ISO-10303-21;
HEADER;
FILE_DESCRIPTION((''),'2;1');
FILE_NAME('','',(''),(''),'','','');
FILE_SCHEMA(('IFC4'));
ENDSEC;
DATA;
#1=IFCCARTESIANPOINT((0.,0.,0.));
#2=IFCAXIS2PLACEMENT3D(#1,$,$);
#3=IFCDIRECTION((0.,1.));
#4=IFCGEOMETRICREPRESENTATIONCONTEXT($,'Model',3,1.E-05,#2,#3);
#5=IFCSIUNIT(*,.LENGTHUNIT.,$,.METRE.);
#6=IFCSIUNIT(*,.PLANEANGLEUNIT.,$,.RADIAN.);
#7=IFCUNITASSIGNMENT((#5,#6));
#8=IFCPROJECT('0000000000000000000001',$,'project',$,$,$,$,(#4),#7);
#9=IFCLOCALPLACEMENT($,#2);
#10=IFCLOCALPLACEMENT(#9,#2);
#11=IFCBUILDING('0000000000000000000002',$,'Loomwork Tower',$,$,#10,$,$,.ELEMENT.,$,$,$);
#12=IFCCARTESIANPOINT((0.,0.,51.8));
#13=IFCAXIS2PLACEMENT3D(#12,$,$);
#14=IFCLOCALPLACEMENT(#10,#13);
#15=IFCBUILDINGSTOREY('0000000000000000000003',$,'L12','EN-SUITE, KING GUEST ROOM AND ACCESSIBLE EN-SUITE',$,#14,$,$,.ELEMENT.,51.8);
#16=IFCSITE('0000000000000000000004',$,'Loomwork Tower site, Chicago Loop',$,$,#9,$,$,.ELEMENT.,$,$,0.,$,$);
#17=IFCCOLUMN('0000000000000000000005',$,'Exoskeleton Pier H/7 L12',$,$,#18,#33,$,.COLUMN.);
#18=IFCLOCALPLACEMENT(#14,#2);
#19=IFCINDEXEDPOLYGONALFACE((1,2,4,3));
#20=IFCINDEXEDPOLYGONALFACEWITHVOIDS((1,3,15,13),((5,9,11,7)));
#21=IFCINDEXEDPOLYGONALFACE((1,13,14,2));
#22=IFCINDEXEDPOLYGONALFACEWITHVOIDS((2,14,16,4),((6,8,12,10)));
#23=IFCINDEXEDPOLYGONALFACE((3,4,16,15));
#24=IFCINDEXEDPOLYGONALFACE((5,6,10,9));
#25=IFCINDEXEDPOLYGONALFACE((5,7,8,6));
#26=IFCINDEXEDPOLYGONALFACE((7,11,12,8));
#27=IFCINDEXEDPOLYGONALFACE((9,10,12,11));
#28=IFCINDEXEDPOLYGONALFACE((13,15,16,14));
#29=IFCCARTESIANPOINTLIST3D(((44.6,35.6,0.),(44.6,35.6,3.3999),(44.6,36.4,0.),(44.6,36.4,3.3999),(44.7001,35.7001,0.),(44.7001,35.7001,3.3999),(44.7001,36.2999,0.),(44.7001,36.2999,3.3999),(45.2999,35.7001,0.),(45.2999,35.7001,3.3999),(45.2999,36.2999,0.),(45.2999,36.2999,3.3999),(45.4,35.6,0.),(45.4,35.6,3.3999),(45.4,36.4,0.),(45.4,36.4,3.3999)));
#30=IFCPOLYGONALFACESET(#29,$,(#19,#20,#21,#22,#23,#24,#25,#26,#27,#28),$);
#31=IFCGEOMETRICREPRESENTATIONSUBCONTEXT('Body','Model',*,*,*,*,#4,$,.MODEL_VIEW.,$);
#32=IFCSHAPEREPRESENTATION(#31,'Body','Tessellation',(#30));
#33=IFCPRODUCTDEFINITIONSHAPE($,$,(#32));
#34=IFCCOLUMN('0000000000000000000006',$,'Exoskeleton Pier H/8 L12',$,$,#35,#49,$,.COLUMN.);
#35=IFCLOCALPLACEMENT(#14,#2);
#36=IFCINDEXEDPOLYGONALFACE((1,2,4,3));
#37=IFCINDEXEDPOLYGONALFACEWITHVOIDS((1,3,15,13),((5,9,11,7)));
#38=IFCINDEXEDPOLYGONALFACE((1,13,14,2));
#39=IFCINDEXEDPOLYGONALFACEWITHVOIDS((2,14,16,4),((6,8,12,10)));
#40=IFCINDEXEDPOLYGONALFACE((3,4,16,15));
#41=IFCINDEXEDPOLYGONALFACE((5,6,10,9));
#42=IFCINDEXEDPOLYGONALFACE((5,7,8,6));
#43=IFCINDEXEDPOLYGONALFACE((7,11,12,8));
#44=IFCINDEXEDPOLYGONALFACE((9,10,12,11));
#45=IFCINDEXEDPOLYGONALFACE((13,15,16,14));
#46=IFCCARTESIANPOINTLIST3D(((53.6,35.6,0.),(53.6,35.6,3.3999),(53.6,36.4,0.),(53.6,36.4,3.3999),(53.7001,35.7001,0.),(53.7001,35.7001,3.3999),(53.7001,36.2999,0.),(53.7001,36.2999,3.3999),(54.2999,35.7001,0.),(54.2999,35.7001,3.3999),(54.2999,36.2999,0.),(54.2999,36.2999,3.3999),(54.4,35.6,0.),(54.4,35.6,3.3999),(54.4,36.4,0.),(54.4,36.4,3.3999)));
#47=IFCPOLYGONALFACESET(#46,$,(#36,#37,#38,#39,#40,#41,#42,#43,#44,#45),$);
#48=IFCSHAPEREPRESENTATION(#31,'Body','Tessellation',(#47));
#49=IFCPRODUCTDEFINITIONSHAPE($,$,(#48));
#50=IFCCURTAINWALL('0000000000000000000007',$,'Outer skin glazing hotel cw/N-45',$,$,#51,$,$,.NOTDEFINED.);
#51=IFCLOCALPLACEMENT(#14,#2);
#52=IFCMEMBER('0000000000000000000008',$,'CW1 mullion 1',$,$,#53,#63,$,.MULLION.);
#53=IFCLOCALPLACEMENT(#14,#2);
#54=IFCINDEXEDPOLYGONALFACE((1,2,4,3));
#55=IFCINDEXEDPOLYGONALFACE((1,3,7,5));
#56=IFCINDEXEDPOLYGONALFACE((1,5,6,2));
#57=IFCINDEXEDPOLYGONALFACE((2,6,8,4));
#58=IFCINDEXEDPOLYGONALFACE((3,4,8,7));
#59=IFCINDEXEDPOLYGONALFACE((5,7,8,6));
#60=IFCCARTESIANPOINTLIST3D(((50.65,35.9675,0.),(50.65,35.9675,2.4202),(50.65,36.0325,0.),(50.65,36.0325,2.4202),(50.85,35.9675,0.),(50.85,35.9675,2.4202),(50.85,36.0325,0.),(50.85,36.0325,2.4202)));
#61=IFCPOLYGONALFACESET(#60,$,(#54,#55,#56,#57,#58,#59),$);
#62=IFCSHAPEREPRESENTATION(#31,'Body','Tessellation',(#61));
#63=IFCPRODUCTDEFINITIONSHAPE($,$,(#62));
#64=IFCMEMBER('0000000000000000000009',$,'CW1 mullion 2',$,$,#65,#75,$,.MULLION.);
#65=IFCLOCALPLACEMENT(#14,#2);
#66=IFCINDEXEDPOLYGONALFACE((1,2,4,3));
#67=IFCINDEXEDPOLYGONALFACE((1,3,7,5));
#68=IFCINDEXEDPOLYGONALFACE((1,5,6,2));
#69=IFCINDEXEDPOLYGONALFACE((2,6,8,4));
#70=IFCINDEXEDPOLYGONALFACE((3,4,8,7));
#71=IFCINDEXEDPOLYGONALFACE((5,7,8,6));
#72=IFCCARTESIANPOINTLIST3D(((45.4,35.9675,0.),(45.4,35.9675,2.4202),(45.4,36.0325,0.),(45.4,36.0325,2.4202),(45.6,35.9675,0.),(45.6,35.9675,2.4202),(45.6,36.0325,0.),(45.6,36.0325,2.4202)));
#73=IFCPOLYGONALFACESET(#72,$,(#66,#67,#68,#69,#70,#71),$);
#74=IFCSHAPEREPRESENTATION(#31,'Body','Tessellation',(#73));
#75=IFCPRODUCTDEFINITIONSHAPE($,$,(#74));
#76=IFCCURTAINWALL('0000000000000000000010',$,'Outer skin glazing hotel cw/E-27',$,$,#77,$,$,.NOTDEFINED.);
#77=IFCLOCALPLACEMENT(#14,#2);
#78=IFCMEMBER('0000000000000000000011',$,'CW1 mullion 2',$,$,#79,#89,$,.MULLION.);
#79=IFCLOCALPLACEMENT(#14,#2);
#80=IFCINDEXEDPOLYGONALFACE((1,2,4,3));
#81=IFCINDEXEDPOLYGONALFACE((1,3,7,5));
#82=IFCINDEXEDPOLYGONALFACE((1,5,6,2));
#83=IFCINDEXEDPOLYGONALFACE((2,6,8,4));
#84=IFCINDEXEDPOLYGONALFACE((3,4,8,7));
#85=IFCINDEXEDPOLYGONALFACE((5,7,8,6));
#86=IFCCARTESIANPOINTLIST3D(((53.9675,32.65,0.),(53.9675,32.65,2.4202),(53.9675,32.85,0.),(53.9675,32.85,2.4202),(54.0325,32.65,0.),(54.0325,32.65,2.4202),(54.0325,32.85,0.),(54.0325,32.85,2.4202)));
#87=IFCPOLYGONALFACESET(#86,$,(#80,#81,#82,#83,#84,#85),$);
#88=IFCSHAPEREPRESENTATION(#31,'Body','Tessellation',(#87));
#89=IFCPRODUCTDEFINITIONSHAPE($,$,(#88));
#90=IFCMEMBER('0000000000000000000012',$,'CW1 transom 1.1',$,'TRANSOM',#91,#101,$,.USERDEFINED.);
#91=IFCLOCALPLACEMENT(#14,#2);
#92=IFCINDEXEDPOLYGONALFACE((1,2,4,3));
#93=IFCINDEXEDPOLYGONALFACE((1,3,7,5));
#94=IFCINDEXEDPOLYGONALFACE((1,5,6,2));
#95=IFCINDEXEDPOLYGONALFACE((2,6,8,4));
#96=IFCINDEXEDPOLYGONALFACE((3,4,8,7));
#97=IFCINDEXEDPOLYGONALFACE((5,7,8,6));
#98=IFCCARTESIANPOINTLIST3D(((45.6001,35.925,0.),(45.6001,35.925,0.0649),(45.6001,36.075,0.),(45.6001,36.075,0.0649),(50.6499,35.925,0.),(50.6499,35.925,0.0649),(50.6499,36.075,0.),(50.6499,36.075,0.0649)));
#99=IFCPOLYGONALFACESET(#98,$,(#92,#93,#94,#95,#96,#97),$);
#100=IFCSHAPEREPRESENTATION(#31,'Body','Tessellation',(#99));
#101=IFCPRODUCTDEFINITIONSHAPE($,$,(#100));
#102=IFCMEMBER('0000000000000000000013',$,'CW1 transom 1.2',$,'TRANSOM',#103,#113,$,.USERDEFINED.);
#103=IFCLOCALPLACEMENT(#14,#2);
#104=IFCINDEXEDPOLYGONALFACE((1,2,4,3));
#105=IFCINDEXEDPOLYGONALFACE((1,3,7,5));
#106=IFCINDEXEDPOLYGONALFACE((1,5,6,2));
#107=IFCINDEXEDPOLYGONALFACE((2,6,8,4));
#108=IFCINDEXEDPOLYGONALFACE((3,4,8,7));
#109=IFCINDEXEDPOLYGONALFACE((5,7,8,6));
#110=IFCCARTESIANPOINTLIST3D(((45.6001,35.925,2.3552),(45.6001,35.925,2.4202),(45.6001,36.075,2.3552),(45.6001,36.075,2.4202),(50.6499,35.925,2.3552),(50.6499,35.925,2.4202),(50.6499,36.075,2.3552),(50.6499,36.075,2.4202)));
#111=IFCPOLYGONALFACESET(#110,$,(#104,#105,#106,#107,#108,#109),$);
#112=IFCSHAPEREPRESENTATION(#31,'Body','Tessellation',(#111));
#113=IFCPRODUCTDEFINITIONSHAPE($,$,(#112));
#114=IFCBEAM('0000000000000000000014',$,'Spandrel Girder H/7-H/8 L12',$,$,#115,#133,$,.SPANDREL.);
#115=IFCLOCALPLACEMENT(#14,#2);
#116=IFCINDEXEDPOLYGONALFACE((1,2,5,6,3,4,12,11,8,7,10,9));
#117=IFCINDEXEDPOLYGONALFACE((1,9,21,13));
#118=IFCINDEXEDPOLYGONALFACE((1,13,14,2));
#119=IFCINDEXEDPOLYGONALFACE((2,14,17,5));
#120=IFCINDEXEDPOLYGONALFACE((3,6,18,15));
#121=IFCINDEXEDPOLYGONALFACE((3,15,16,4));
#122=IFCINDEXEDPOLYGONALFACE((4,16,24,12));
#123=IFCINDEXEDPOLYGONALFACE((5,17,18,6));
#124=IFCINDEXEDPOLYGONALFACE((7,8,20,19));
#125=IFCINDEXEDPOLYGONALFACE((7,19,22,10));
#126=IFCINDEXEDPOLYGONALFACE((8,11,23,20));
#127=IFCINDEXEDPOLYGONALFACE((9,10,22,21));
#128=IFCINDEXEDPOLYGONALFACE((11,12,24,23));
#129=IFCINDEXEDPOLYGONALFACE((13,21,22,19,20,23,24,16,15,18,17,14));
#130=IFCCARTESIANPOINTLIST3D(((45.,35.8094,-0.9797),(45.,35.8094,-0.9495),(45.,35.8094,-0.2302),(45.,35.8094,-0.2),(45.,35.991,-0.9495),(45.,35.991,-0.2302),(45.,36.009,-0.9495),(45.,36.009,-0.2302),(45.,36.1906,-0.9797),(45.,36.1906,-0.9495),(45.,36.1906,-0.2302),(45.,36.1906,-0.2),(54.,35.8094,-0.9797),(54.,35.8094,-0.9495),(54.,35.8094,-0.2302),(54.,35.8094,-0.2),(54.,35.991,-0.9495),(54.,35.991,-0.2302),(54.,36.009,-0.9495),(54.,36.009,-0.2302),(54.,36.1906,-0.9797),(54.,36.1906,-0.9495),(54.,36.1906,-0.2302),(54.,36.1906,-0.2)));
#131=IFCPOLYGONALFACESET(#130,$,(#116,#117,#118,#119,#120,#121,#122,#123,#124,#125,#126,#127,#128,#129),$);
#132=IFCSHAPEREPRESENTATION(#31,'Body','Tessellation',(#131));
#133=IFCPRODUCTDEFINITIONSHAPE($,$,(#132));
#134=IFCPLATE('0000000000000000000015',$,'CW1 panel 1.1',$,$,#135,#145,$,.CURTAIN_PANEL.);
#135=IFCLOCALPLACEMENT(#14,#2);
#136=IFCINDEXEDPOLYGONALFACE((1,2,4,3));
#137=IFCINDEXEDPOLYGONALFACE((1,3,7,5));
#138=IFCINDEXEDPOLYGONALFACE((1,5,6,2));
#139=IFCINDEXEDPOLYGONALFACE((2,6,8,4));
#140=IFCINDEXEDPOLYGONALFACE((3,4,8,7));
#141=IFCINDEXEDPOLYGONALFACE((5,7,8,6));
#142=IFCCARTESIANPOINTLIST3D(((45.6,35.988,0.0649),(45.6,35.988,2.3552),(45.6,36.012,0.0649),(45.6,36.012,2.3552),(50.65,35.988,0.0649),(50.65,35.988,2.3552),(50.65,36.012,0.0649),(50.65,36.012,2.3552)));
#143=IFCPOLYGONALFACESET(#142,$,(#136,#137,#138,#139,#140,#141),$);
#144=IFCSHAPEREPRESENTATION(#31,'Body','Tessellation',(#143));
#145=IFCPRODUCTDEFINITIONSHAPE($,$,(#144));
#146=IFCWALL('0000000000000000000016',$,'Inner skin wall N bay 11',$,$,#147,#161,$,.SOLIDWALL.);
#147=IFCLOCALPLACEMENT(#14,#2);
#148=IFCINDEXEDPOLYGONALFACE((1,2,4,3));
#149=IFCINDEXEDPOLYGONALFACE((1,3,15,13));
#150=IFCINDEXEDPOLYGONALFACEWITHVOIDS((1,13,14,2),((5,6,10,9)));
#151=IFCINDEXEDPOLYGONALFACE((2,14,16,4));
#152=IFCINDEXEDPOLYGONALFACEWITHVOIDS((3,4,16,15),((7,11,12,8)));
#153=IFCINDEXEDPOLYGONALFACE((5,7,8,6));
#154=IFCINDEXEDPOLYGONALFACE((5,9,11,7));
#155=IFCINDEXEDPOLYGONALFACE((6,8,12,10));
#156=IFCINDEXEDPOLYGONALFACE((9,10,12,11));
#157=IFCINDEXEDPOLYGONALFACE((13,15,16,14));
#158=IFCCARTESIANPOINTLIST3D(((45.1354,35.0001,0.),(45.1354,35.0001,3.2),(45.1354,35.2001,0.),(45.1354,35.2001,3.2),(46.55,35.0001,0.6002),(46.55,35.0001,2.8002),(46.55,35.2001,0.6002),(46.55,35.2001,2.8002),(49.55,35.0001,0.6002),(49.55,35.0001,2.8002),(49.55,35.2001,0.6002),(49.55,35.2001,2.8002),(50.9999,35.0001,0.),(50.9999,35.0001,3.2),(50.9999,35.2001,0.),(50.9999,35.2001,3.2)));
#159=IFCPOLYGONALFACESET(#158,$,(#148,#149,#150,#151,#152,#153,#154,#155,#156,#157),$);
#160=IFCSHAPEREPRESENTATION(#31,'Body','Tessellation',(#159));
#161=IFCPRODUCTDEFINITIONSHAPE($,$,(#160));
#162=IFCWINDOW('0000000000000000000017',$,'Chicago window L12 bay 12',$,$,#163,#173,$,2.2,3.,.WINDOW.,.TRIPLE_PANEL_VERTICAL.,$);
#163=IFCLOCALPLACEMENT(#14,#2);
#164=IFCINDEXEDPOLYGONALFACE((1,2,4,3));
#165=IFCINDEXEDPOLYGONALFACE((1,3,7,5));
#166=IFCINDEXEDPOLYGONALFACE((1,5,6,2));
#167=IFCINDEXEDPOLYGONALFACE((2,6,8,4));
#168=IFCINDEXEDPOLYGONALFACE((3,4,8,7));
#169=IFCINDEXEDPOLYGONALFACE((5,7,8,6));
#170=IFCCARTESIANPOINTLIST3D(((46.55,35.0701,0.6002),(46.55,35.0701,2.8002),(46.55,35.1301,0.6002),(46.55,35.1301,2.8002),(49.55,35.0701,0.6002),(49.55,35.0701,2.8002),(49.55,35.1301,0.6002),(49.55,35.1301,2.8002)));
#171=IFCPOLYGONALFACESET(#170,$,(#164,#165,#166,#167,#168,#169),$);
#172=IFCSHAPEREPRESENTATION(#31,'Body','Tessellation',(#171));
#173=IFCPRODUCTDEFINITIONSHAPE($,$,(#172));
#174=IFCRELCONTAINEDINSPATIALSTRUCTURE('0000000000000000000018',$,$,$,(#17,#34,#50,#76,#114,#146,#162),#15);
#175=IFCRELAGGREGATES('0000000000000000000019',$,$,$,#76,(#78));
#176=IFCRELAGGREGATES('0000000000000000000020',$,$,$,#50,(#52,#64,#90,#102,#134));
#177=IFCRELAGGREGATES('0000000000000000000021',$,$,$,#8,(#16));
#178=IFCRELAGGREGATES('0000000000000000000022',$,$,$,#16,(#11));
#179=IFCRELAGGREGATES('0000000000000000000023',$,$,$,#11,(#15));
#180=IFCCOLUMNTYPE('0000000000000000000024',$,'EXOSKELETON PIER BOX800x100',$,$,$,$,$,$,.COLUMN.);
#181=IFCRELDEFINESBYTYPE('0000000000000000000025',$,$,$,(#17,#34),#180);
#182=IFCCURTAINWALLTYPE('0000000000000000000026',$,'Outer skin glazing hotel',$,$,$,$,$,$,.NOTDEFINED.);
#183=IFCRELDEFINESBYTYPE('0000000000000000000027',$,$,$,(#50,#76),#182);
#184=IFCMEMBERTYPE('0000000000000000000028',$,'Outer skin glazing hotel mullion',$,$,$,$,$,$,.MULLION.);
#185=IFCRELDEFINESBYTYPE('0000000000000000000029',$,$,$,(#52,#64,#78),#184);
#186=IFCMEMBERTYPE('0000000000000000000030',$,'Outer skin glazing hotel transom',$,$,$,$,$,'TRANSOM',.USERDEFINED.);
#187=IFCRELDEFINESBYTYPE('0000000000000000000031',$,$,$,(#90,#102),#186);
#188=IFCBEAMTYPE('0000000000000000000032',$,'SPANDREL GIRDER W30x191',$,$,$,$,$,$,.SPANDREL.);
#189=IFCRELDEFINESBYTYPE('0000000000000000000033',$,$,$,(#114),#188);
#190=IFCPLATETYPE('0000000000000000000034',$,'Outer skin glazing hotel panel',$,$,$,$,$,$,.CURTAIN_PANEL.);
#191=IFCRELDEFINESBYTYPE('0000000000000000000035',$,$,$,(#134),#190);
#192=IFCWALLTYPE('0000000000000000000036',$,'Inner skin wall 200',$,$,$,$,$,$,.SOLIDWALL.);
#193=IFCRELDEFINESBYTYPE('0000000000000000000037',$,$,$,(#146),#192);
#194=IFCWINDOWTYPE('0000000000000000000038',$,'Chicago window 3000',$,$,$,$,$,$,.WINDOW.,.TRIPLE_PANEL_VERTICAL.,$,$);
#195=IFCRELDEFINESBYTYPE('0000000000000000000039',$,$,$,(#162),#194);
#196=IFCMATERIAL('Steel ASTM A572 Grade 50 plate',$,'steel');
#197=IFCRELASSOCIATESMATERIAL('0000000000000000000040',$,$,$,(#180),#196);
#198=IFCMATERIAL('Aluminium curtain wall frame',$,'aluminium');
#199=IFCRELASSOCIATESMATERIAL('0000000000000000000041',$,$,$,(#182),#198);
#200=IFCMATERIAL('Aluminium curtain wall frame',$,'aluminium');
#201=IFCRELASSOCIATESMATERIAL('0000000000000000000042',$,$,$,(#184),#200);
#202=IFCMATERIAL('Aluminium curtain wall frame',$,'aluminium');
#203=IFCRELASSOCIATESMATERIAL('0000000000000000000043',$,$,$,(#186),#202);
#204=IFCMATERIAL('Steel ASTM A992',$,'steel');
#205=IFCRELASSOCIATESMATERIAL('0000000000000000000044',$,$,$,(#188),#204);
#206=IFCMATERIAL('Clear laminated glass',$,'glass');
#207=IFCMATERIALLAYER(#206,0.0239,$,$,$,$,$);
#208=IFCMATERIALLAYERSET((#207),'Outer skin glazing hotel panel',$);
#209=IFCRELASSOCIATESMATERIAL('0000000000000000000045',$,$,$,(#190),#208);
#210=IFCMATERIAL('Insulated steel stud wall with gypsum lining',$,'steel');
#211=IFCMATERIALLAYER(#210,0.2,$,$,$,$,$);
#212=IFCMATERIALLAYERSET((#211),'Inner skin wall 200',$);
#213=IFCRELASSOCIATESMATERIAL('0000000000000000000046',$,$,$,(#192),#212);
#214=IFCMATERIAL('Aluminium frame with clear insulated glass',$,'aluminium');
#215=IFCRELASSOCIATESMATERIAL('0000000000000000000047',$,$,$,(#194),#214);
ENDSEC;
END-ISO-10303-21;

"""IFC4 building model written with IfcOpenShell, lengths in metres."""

from ifc_helpers import new_model, si_unit, direction, frame, frame_2d, origin, origin_2d, place, context, subcontext, project, spatial, rectangle, hollow_rectangle, i_section, extrude, material, layer, layer_set, material_profile, profile_set, type_object, element, fill, aggregate, save


model = new_model("IFC4")

# Units and contexts
model_context = context("Model", 3, precision=1e-05, world=origin(), true_north=direction((0.0, 1.0)))
body_context = subcontext(model_context, "Body", "Model", "MODEL_VIEW")
ifc_project = project(units=[si_unit("LENGTHUNIT", "METRE"), si_unit("PLANEANGLEUNIT", "RADIAN")], contexts=[model_context])

# Site, building, storey
site_placement = place(None, origin())
site = spatial("IfcSite", under=ifc_project, at=site_placement, Name="Loomwork Tower site, Chicago Loop", CompositionType="ELEMENT", RefElevation=0.0)
building_placement = place(site_placement, origin())
building = spatial("IfcBuilding", under=site, at=building_placement, Name="Loomwork Tower", CompositionType="ELEMENT")
storey_placement = place(building_placement, frame((0.0, 0.0, 51.8)))
storey = spatial("IfcBuildingStorey", under=building, at=storey_placement, Name="L12", Description="EN-SUITE, KING GUEST ROOM AND ACCESSIBLE EN-SUITE", CompositionType="ELEMENT", Elevation=51.8)

# Columns
ifc_material_1 = material(Name="Steel ASTM A572 Grade 50 plate", Category="steel")
ifc_material_profile_1 = material_profile(ifc_material_1, hollow_rectangle(XDim=0.8, YDim=0.8, WallThickness=0.1001, at=origin_2d()), Name="BOX800x100")
ifc_profile_set_1 = profile_set([ifc_material_profile_1], Name="Steel ASTM A572 Grade 50 plate")
column_type = type_object("IfcColumnType", Name="EXOSKELETON PIER BOX800x100", PredefinedType="COLUMN", material=ifc_profile_set_1)
for number, where, z_axis, x_axis, name in (
    (1, (45.0, 36.0, 0.0), (0.0, 0.0, 1.0), (1.0, 0.0, 0.0), "Exoskeleton Pier H/7 L12"),
    (2, (54.0, 36.0, 0.0), (0.0, 0.0, 1.0), (1.0, 0.0, 0.0), "Exoskeleton Pier H/8 L12"),
):
    element("IfcColumn", number, at=place(storey_placement, frame(where, z_axis=z_axis, x_axis=x_axis)), inside=storey, type_object=column_type, Name=name, PredefinedType="COLUMN", context=body_context, shape_type="SweptSolid", body=[
        extrude(hollow_rectangle(XDim=0.8, YDim=0.8, WallThickness=0.1001, at=origin_2d()), origin(), (0.0, 0.0, 1.0), 3.3999),
    ])

# Curtain wall, members
ifc_material_2 = material(Name="Aluminium curtain wall frame", Category="aluminium")
curtain_wall_type = type_object("IfcCurtainWallType", Name="Outer skin glazing hotel", PredefinedType="NOTDEFINED", material=ifc_material_2)
curtain_wall_1_placement = place(storey_placement, origin())
curtain_wall_1 = element("IfcCurtainWall", 3, at=curtain_wall_1_placement, inside=storey, type_object=curtain_wall_type, Name="Outer skin glazing hotel cw/N-45", PredefinedType="NOTDEFINED")
ifc_material_3 = material(Name="Aluminium curtain wall frame", Category="aluminium")
ifc_material_profile_2 = material_profile(ifc_material_3, rectangle(XDim=0.0649, YDim=0.2, at=origin_2d()), Name="AL 65x200")
ifc_profile_set_2 = profile_set([ifc_material_profile_2], Name="Aluminium curtain wall frame")
member_type_1 = type_object("IfcMemberType", Name="Outer skin glazing hotel mullion", PredefinedType="MULLION", material=ifc_profile_set_2)
member_1_placement = place(storey_placement, frame((50.75, 36.0, 0.0), z_axis=(0.0, 0.0, 1.0), x_axis=(0.0, -1.0, 0.0)))
member_1 = element("IfcMember", 4, at=member_1_placement, type_object=member_type_1, Name="CW1 mullion 1", PredefinedType="MULLION", context=body_context, shape_type="SweptSolid", body=[
    extrude(rectangle(XDim=0.0649, YDim=0.2, at=origin_2d()), origin(), (0.0, 0.0, 1.0), 2.4202),
])
member_2_placement = place(storey_placement, frame((45.5, 36.0, 0.0), z_axis=(0.0, 0.0, 1.0), x_axis=(0.0, -1.0, 0.0)))
member_2 = element("IfcMember", 5, at=member_2_placement, type_object=member_type_1, Name="CW1 mullion 2", PredefinedType="MULLION", context=body_context, shape_type="SweptSolid", body=[
    extrude(rectangle(XDim=0.0649, YDim=0.2, at=origin_2d()), origin(), (0.0, 0.0, 1.0), 2.4202),
])

# Curtain wall, member
curtain_wall_2_placement = place(storey_placement, origin())
curtain_wall_2 = element("IfcCurtainWall", 6, at=curtain_wall_2_placement, inside=storey, type_object=curtain_wall_type, Name="Outer skin glazing hotel cw/E-27", PredefinedType="NOTDEFINED")
member_3_placement = place(storey_placement, frame((54.0, 32.75, 0.0), z_axis=(0.0, 0.0, 1.0), x_axis=(-1.0, 0.0, 0.0)))
member_3 = element("IfcMember", 7, at=member_3_placement, type_object=member_type_1, Name="CW1 mullion 2", PredefinedType="MULLION", context=body_context, shape_type="SweptSolid", body=[
    extrude(rectangle(XDim=0.0649, YDim=0.2, at=origin_2d()), origin(), (0.0, 0.0, 1.0), 2.4202),
])
aggregate(curtain_wall_2, [member_3])

# Members
ifc_material_4 = material(Name="Aluminium curtain wall frame", Category="aluminium")
ifc_material_profile_3 = material_profile(ifc_material_4, rectangle(XDim=0.1499, YDim=0.0649, at=origin_2d()), Name="AL 65x150")
ifc_profile_set_3 = profile_set([ifc_material_profile_3], Name="Aluminium curtain wall frame")
member_type_2 = type_object("IfcMemberType", Name="Outer skin glazing hotel transom", ElementType="TRANSOM", PredefinedType="USERDEFINED", material=ifc_profile_set_3)
member_4_placement = place(storey_placement, frame((50.6499, 36.0, 0.0325), z_axis=(-1.0, 0.0, 0.0), x_axis=(0.0, -1.0, 0.0)))
member_4 = element("IfcMember", 8, at=member_4_placement, type_object=member_type_2, Name="CW1 transom 1.1", ObjectType="TRANSOM", PredefinedType="USERDEFINED", context=body_context, shape_type="SweptSolid", body=[
    extrude(rectangle(XDim=0.1499, YDim=0.0649, at=origin_2d()), origin(), (0.0, 0.0, 1.0), 5.0498),
])
member_5_placement = place(storey_placement, frame((50.6499, 36.0, 2.3877), z_axis=(-1.0, 0.0, 0.0), x_axis=(0.0, -1.0, 0.0)))
member_5 = element("IfcMember", 9, at=member_5_placement, type_object=member_type_2, Name="CW1 transom 1.2", ObjectType="TRANSOM", PredefinedType="USERDEFINED", context=body_context, shape_type="SweptSolid", body=[
    extrude(rectangle(XDim=0.1499, YDim=0.0649, at=origin_2d()), origin(), (0.0, 0.0, 1.0), 5.0498),
])

# Beam
ifc_material_5 = material(Name="Steel ASTM A992", Category="steel")
ifc_material_profile_4 = material_profile(ifc_material_5, i_section(OverallWidth=0.3811, OverallDepth=0.7798, WebThickness=0.0181, FlangeThickness=0.0303, at=origin_2d()), Name="W30x191")
ifc_profile_set_4 = profile_set([ifc_material_profile_4], Name="Steel ASTM A992")
beam_type = type_object("IfcBeamType", Name="SPANDREL GIRDER W30x191", PredefinedType="SPANDREL", material=ifc_profile_set_4)
beam_placement = place(storey_placement, frame((45.0, 36.0, -0.5898), z_axis=(1.0, 0.0, 0.0), x_axis=(0.0, 1.0, 0.0)))
element("IfcBeam", 10, at=beam_placement, inside=storey, type_object=beam_type, Name="Spandrel Girder H/7-H/8 L12", PredefinedType="SPANDREL", context=body_context, shape_type="SweptSolid", body=[
    extrude(i_section(OverallWidth=0.3811, OverallDepth=0.7798, WebThickness=0.0181, FlangeThickness=0.0303, at=origin_2d()), origin(), (0.0, 0.0, 1.0), 9.0),
])

# Plate
ifc_material_6 = material(Name="Clear laminated glass", Category="glass")
ifc_layer_1 = layer(ifc_material_6, 0.0239)
ifc_layer_set_1 = layer_set([ifc_layer_1], Name="Outer skin glazing hotel panel")
plate_type = type_object("IfcPlateType", Name="Outer skin glazing hotel panel", PredefinedType="CURTAIN_PANEL", material=ifc_layer_set_1)
plate_placement = place(storey_placement, frame((48.125, 36.0, 0.0649), z_axis=(0.0, 0.0, 1.0), x_axis=(-1.0, 0.0, 0.0)))
plate = element("IfcPlate", 11, at=plate_placement, type_object=plate_type, Name="CW1 panel 1.1", PredefinedType="CURTAIN_PANEL", context=body_context, shape_type="SweptSolid", body=[
    extrude(rectangle(XDim=5.05, YDim=0.0239, at=origin_2d()), origin(), (0.0, 0.0, 1.0), 2.2903),
])
aggregate(curtain_wall_1, [member_1, member_2, member_4, member_5, plate])

# Wall, opening, window
ifc_material_7 = material(Name="Insulated steel stud wall with gypsum lining", Category="steel")
ifc_layer_2 = layer(ifc_material_7, 0.2)
ifc_layer_set_2 = layer_set([ifc_layer_2], Name="Inner skin wall 200")
wall_type_1 = type_object("IfcWallType", Name="Inner skin wall 200", PredefinedType="SOLIDWALL", material=ifc_layer_set_2)
wall_1_placement = place(storey_placement, frame((45.1355, 35.1001, 0.0), z_axis=(0.0, 0.0, 1.0), x_axis=(1.0, 0.0, 0.0)))
wall_1 = element("IfcWall", 12, at=wall_1_placement, inside=storey, type_object=wall_type_1, Name="Inner skin wall N bay 11", PredefinedType="SOLIDWALL", context=body_context, shape_type="SweptSolid", body=[
    extrude(rectangle(XDim=5.8645, YDim=0.2, at=frame_2d((2.9321, 0.0))), origin(), (0.0, 0.0, 1.0), 3.2),
])
opening_1_placement = place(wall_1_placement, frame((1.4146, 0.0, 0.6001)))
opening_1 = element("IfcOpeningElement", 13, at=opening_1_placement, cuts=wall_1, PredefinedType="OPENING", context=body_context, shape_type="SweptSolid", body=[
    extrude(rectangle(XDim=3.0, YDim=2.2, at=frame_2d((1.5, 1.1001))), frame((0.0, 0.1099, 0.0), z_axis=(0.0, -1.0, 0.0), x_axis=(1.0, 0.0, 0.0)), (0.0, 0.0, 1.0), 0.22),
])
ifc_material_8 = material(Name="Aluminium frame with clear insulated glass", Category="aluminium")
window_type_1 = type_object("IfcWindowType", Name="Chicago window 3000", PartitioningType="TRIPLE_PANEL_VERTICAL", PredefinedType="WINDOW", material=ifc_material_8)
window_1_placement = place(opening_1_placement, origin())
window_1 = element("IfcWindow", 14, at=window_1_placement, inside=storey, type_object=window_type_1, Name="Chicago window L12 bay 12", OverallHeight=2.2, OverallWidth=3.0, PartitioningType="TRIPLE_PANEL_VERTICAL", PredefinedType="WINDOW", context=body_context, shape_type="SweptSolid", body=[
    extrude(rectangle(XDim=3.0, YDim=2.2, at=frame_2d((1.5, 1.1001))), frame((0.0, 0.03, 0.0), z_axis=(0.0, -1.0, 0.0), x_axis=(1.0, 0.0, 0.0)), (0.0, 0.0, 1.0), 0.0601),
])
fill(opening_1, window_1)

save(model, "model.ifc")
